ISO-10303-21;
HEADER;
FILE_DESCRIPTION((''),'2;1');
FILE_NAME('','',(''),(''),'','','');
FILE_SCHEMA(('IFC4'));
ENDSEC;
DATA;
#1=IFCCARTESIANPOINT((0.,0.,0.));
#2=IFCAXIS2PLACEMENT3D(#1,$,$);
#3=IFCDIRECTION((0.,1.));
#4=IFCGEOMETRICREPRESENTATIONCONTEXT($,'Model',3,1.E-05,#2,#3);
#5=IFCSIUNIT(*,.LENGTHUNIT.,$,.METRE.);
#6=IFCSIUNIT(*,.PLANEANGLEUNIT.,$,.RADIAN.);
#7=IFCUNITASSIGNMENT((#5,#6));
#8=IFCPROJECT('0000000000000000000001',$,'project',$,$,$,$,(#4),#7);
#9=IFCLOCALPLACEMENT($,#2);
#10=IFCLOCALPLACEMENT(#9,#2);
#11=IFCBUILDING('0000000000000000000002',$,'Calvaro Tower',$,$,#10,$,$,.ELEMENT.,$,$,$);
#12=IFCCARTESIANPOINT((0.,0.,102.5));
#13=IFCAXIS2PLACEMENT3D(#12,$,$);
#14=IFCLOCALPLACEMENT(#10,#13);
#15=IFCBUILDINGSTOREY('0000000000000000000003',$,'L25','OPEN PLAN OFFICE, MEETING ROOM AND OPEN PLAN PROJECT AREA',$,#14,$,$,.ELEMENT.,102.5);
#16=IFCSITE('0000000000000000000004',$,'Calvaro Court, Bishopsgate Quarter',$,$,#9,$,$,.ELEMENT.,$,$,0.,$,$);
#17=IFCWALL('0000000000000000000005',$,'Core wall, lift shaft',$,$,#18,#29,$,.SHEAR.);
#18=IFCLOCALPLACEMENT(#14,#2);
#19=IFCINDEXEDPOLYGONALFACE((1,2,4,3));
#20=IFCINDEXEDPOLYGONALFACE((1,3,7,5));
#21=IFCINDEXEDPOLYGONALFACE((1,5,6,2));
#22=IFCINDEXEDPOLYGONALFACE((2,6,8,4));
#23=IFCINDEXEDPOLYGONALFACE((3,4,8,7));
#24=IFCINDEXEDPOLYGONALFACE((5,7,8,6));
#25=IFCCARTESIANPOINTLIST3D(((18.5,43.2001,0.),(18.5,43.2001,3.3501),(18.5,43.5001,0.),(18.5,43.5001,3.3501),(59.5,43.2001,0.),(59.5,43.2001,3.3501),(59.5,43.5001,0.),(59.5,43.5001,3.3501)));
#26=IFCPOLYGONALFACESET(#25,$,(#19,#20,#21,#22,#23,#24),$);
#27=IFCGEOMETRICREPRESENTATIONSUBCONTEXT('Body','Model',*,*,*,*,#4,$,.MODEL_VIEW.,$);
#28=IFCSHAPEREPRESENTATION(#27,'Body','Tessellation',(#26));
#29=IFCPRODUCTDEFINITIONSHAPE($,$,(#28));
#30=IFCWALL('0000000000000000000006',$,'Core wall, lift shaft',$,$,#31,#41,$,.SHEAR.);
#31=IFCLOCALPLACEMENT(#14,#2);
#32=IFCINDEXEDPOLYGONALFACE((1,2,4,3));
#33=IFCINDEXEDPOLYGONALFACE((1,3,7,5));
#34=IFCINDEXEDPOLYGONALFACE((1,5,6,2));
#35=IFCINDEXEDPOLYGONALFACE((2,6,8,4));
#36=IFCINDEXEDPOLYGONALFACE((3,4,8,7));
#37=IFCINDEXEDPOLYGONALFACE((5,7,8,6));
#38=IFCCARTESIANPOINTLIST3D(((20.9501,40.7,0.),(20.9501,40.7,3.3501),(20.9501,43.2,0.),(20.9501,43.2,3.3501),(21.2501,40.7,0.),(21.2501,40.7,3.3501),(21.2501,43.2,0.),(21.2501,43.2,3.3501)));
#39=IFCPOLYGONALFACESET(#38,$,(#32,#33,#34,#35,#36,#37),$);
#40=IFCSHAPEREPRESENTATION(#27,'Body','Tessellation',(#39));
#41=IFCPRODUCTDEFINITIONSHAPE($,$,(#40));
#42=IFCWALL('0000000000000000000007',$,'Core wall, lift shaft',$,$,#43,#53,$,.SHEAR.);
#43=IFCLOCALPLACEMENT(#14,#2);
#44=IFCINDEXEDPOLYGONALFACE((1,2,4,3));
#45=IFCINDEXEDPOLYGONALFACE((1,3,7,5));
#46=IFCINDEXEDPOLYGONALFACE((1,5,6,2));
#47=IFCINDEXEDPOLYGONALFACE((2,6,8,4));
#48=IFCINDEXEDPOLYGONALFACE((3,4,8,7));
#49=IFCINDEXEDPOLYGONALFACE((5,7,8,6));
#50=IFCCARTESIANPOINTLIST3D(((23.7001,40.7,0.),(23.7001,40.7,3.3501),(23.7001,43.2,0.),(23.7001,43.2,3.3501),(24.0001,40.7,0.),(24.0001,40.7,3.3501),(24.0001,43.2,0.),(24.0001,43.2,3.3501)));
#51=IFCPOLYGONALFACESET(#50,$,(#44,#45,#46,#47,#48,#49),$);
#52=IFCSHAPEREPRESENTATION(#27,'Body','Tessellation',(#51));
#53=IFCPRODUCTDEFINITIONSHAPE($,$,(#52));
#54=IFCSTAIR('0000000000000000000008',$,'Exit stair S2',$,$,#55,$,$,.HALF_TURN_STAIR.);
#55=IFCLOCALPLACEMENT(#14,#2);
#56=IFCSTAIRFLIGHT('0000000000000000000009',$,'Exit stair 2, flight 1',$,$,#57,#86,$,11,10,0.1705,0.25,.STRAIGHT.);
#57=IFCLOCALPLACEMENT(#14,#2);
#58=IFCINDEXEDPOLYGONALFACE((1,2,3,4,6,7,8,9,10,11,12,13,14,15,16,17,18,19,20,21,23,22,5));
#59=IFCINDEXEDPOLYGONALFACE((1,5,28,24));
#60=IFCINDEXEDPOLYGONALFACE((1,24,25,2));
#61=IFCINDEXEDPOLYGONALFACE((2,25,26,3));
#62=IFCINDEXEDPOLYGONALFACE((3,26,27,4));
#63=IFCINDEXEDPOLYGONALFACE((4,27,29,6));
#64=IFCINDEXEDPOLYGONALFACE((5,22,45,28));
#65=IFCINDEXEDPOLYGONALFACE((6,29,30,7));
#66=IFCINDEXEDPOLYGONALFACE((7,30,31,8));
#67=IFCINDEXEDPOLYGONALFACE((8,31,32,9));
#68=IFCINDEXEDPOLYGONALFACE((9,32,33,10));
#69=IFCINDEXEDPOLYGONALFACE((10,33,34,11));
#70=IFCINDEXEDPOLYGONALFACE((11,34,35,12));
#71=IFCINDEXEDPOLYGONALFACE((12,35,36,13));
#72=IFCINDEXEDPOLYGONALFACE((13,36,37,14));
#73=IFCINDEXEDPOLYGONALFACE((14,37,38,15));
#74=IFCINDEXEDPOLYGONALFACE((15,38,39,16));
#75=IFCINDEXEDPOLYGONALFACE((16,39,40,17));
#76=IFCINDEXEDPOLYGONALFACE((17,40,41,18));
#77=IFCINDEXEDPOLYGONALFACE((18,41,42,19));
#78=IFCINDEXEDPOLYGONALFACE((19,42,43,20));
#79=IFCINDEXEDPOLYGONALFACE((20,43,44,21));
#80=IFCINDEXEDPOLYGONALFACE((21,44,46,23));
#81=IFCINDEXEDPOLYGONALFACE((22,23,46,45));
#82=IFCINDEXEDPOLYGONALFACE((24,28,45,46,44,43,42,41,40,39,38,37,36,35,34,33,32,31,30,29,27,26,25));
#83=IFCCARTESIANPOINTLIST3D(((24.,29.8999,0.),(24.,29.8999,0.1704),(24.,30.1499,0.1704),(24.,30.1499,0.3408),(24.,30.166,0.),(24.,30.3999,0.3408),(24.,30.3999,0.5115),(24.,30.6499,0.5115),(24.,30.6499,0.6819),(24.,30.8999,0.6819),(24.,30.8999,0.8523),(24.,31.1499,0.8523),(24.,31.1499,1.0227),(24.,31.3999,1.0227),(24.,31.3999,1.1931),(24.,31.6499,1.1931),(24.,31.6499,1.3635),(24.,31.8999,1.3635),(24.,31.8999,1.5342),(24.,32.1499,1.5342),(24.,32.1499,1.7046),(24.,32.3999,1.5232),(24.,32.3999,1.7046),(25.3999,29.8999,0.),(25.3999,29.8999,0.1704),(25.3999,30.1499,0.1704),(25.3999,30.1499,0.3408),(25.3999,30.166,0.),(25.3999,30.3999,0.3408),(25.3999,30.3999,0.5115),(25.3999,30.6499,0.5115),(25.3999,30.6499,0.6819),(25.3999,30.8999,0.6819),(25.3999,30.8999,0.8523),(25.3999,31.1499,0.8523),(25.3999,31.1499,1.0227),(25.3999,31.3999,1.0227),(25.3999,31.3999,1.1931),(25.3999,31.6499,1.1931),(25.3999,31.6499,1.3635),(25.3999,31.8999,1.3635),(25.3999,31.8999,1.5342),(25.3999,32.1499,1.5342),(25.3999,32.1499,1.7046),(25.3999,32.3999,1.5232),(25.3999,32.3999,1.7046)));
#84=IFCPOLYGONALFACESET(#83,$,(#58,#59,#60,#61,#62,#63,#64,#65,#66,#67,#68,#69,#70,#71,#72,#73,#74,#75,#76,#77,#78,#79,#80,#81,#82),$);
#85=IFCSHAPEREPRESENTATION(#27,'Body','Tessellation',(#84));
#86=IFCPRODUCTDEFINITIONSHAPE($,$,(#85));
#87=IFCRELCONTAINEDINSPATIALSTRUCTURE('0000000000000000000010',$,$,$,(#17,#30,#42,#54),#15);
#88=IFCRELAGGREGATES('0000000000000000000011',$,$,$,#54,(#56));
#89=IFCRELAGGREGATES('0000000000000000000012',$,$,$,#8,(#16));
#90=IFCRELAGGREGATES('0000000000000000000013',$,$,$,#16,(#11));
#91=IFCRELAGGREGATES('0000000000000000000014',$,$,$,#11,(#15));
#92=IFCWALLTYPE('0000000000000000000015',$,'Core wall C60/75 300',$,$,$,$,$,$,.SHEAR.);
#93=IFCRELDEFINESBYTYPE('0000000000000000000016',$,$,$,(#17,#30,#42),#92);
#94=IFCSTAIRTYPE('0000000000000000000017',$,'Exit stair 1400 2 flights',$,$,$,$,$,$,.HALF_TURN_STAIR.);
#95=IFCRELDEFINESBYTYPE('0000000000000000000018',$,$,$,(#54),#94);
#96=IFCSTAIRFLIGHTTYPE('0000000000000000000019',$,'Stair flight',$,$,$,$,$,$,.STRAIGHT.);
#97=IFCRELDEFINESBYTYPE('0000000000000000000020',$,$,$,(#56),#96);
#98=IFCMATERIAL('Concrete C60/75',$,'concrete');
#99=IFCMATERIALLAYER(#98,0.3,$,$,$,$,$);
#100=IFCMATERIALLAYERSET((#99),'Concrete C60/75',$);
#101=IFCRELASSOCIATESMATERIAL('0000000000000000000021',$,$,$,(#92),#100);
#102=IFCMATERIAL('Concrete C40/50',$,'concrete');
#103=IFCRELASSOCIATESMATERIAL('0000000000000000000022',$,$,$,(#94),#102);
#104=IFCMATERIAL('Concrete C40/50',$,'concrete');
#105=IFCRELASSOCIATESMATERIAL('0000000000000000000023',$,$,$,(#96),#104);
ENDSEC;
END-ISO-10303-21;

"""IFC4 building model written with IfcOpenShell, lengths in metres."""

from ifc_helpers import new_model, si_unit, direction, frame, frame_2d, origin, place, context, subcontext, project, spatial, polyline, rectangle, outline, extrude, material, layer, layer_set, type_object, element, aggregate, save


model = new_model("IFC4")

# Units and contexts
model_context = context("Model", 3, precision=1e-05, world=origin(), true_north=direction((0.0, 1.0)))
body_context = subcontext(model_context, "Body", "Model", "MODEL_VIEW")
ifc_project = project(units=[si_unit("LENGTHUNIT", "METRE"), si_unit("PLANEANGLEUNIT", "RADIAN")], contexts=[model_context])

# Site, building, storey
site_placement = place(None, origin())
site = spatial("IfcSite", under=ifc_project, at=site_placement, Name="Calvaro Court, Bishopsgate Quarter", CompositionType="ELEMENT", RefElevation=0.0)
building_placement = place(site_placement, origin())
building = spatial("IfcBuilding", under=site, at=building_placement, Name="Calvaro Tower", CompositionType="ELEMENT")
storey_placement = place(building_placement, frame((0.0, 0.0, 102.5)))
storey = spatial("IfcBuildingStorey", under=building, at=storey_placement, Name="L25", Description="OPEN PLAN OFFICE, MEETING ROOM AND OPEN PLAN PROJECT AREA", CompositionType="ELEMENT", Elevation=102.5)

# Shared definitions
ifc_material_1 = material(Name="Concrete C60/75", Category="concrete")
ifc_layer_1 = layer(ifc_material_1, 0.3)
ifc_layer_set_1 = layer_set([ifc_layer_1], Name="Concrete C60/75")
wall_type_1 = type_object("IfcWallType", Name="Core wall C60/75 300", PredefinedType="SHEAR", material=ifc_layer_set_1)

# Walls
wall_1_placement = place(storey_placement, frame((18.5, 43.3501, 0.0), z_axis=(0.0, 0.0, 1.0), x_axis=(1.0, 0.0, 0.0)))
element("IfcWall", 1, at=wall_1_placement, inside=storey, type_object=wall_type_1, Name="Core wall, lift shaft", PredefinedType="SHEAR", context=body_context, shape_type="SweptSolid", body=[
    extrude(rectangle(XDim=41.0, YDim=0.3, at=frame_2d((20.5, 0.0))), origin(), (0.0, 0.0, 1.0), 3.3501),
])
for number, where, z_axis, x_axis, name in (
    (2, (21.1001, 40.7, 0.0), (0.0, 0.0, 1.0), (0.0, 1.0, 0.0), "Core wall, lift shaft"),
    (3, (23.8501, 40.7, 0.0), (0.0, 0.0, 1.0), (0.0, 1.0, 0.0), "Core wall, lift shaft"),
):
    element("IfcWall", number, at=place(storey_placement, frame(where, z_axis=z_axis, x_axis=x_axis)), inside=storey, type_object=wall_type_1, Name=name, PredefinedType="SHEAR", context=body_context, shape_type="SweptSolid", body=[
        extrude(rectangle(XDim=2.5, YDim=0.3, at=frame_2d((1.25, 0.0))), origin(), (0.0, 0.0, 1.0), 3.3501),
    ])

# Stair, stair flight
ifc_material_2 = material(Name="Concrete C40/50", Category="concrete")
stair_type = type_object("IfcStairType", Name="Exit stair 1400 2 flights", PredefinedType="HALF_TURN_STAIR", material=ifc_material_2)
stair_placement = place(storey_placement, origin())
stair = element("IfcStair", 4, at=stair_placement, inside=storey, type_object=stair_type, Name="Exit stair S2", PredefinedType="HALF_TURN_STAIR")
ifc_material_3 = material(Name="Concrete C40/50", Category="concrete")
stair_flight_type = type_object("IfcStairFlightType", Name="Stair flight", PredefinedType="STRAIGHT", material=ifc_material_3)
stair_flight_placement = place(storey_placement, frame((24.7, 29.8999, 0.0), z_axis=(0.0, 0.0, 1.0), x_axis=(0.0, 1.0, 0.0)))
stair_flight = element("IfcStairFlight", 5, at=stair_flight_placement, type_object=stair_flight_type, Name="Exit stair 2, flight 1", NumberOfRisers=11, NumberOfTreads=10, PredefinedType="STRAIGHT", RiserHeight=0.1705, TreadLength=0.25, context=body_context, shape_type="SweptSolid", body=[
    extrude(outline(polyline([(0.0, 0.0), (0.0, 0.1704), (0.25, 0.1704), (0.25, 0.3408), (0.5, 0.3408), (0.5, 0.5115), (0.75, 0.5115), (0.75, 0.6819), (1.0, 0.6819), (1.0, 0.8523), (1.25, 0.8523), (1.25, 1.0227), (1.5, 1.0227), (1.5, 1.1931), (1.75, 1.1931), (1.75, 1.3635), (2.0, 1.3635), (2.0, 1.5342), (2.25, 1.5342), (2.25, 1.7046), (2.5, 1.7046), (2.5, 1.875), (2.5, 1.5232), (0.2661, 0.0), (0.0, 0.0)])), frame((0.0, 0.7, 0.0), z_axis=(0.0, -1.0, 0.0), x_axis=(1.0, 0.0, 0.0)), (0.0, 0.0, 1.0), 1.3999),
])
aggregate(stair, [stair_flight])

save(model, "model.ifc")
